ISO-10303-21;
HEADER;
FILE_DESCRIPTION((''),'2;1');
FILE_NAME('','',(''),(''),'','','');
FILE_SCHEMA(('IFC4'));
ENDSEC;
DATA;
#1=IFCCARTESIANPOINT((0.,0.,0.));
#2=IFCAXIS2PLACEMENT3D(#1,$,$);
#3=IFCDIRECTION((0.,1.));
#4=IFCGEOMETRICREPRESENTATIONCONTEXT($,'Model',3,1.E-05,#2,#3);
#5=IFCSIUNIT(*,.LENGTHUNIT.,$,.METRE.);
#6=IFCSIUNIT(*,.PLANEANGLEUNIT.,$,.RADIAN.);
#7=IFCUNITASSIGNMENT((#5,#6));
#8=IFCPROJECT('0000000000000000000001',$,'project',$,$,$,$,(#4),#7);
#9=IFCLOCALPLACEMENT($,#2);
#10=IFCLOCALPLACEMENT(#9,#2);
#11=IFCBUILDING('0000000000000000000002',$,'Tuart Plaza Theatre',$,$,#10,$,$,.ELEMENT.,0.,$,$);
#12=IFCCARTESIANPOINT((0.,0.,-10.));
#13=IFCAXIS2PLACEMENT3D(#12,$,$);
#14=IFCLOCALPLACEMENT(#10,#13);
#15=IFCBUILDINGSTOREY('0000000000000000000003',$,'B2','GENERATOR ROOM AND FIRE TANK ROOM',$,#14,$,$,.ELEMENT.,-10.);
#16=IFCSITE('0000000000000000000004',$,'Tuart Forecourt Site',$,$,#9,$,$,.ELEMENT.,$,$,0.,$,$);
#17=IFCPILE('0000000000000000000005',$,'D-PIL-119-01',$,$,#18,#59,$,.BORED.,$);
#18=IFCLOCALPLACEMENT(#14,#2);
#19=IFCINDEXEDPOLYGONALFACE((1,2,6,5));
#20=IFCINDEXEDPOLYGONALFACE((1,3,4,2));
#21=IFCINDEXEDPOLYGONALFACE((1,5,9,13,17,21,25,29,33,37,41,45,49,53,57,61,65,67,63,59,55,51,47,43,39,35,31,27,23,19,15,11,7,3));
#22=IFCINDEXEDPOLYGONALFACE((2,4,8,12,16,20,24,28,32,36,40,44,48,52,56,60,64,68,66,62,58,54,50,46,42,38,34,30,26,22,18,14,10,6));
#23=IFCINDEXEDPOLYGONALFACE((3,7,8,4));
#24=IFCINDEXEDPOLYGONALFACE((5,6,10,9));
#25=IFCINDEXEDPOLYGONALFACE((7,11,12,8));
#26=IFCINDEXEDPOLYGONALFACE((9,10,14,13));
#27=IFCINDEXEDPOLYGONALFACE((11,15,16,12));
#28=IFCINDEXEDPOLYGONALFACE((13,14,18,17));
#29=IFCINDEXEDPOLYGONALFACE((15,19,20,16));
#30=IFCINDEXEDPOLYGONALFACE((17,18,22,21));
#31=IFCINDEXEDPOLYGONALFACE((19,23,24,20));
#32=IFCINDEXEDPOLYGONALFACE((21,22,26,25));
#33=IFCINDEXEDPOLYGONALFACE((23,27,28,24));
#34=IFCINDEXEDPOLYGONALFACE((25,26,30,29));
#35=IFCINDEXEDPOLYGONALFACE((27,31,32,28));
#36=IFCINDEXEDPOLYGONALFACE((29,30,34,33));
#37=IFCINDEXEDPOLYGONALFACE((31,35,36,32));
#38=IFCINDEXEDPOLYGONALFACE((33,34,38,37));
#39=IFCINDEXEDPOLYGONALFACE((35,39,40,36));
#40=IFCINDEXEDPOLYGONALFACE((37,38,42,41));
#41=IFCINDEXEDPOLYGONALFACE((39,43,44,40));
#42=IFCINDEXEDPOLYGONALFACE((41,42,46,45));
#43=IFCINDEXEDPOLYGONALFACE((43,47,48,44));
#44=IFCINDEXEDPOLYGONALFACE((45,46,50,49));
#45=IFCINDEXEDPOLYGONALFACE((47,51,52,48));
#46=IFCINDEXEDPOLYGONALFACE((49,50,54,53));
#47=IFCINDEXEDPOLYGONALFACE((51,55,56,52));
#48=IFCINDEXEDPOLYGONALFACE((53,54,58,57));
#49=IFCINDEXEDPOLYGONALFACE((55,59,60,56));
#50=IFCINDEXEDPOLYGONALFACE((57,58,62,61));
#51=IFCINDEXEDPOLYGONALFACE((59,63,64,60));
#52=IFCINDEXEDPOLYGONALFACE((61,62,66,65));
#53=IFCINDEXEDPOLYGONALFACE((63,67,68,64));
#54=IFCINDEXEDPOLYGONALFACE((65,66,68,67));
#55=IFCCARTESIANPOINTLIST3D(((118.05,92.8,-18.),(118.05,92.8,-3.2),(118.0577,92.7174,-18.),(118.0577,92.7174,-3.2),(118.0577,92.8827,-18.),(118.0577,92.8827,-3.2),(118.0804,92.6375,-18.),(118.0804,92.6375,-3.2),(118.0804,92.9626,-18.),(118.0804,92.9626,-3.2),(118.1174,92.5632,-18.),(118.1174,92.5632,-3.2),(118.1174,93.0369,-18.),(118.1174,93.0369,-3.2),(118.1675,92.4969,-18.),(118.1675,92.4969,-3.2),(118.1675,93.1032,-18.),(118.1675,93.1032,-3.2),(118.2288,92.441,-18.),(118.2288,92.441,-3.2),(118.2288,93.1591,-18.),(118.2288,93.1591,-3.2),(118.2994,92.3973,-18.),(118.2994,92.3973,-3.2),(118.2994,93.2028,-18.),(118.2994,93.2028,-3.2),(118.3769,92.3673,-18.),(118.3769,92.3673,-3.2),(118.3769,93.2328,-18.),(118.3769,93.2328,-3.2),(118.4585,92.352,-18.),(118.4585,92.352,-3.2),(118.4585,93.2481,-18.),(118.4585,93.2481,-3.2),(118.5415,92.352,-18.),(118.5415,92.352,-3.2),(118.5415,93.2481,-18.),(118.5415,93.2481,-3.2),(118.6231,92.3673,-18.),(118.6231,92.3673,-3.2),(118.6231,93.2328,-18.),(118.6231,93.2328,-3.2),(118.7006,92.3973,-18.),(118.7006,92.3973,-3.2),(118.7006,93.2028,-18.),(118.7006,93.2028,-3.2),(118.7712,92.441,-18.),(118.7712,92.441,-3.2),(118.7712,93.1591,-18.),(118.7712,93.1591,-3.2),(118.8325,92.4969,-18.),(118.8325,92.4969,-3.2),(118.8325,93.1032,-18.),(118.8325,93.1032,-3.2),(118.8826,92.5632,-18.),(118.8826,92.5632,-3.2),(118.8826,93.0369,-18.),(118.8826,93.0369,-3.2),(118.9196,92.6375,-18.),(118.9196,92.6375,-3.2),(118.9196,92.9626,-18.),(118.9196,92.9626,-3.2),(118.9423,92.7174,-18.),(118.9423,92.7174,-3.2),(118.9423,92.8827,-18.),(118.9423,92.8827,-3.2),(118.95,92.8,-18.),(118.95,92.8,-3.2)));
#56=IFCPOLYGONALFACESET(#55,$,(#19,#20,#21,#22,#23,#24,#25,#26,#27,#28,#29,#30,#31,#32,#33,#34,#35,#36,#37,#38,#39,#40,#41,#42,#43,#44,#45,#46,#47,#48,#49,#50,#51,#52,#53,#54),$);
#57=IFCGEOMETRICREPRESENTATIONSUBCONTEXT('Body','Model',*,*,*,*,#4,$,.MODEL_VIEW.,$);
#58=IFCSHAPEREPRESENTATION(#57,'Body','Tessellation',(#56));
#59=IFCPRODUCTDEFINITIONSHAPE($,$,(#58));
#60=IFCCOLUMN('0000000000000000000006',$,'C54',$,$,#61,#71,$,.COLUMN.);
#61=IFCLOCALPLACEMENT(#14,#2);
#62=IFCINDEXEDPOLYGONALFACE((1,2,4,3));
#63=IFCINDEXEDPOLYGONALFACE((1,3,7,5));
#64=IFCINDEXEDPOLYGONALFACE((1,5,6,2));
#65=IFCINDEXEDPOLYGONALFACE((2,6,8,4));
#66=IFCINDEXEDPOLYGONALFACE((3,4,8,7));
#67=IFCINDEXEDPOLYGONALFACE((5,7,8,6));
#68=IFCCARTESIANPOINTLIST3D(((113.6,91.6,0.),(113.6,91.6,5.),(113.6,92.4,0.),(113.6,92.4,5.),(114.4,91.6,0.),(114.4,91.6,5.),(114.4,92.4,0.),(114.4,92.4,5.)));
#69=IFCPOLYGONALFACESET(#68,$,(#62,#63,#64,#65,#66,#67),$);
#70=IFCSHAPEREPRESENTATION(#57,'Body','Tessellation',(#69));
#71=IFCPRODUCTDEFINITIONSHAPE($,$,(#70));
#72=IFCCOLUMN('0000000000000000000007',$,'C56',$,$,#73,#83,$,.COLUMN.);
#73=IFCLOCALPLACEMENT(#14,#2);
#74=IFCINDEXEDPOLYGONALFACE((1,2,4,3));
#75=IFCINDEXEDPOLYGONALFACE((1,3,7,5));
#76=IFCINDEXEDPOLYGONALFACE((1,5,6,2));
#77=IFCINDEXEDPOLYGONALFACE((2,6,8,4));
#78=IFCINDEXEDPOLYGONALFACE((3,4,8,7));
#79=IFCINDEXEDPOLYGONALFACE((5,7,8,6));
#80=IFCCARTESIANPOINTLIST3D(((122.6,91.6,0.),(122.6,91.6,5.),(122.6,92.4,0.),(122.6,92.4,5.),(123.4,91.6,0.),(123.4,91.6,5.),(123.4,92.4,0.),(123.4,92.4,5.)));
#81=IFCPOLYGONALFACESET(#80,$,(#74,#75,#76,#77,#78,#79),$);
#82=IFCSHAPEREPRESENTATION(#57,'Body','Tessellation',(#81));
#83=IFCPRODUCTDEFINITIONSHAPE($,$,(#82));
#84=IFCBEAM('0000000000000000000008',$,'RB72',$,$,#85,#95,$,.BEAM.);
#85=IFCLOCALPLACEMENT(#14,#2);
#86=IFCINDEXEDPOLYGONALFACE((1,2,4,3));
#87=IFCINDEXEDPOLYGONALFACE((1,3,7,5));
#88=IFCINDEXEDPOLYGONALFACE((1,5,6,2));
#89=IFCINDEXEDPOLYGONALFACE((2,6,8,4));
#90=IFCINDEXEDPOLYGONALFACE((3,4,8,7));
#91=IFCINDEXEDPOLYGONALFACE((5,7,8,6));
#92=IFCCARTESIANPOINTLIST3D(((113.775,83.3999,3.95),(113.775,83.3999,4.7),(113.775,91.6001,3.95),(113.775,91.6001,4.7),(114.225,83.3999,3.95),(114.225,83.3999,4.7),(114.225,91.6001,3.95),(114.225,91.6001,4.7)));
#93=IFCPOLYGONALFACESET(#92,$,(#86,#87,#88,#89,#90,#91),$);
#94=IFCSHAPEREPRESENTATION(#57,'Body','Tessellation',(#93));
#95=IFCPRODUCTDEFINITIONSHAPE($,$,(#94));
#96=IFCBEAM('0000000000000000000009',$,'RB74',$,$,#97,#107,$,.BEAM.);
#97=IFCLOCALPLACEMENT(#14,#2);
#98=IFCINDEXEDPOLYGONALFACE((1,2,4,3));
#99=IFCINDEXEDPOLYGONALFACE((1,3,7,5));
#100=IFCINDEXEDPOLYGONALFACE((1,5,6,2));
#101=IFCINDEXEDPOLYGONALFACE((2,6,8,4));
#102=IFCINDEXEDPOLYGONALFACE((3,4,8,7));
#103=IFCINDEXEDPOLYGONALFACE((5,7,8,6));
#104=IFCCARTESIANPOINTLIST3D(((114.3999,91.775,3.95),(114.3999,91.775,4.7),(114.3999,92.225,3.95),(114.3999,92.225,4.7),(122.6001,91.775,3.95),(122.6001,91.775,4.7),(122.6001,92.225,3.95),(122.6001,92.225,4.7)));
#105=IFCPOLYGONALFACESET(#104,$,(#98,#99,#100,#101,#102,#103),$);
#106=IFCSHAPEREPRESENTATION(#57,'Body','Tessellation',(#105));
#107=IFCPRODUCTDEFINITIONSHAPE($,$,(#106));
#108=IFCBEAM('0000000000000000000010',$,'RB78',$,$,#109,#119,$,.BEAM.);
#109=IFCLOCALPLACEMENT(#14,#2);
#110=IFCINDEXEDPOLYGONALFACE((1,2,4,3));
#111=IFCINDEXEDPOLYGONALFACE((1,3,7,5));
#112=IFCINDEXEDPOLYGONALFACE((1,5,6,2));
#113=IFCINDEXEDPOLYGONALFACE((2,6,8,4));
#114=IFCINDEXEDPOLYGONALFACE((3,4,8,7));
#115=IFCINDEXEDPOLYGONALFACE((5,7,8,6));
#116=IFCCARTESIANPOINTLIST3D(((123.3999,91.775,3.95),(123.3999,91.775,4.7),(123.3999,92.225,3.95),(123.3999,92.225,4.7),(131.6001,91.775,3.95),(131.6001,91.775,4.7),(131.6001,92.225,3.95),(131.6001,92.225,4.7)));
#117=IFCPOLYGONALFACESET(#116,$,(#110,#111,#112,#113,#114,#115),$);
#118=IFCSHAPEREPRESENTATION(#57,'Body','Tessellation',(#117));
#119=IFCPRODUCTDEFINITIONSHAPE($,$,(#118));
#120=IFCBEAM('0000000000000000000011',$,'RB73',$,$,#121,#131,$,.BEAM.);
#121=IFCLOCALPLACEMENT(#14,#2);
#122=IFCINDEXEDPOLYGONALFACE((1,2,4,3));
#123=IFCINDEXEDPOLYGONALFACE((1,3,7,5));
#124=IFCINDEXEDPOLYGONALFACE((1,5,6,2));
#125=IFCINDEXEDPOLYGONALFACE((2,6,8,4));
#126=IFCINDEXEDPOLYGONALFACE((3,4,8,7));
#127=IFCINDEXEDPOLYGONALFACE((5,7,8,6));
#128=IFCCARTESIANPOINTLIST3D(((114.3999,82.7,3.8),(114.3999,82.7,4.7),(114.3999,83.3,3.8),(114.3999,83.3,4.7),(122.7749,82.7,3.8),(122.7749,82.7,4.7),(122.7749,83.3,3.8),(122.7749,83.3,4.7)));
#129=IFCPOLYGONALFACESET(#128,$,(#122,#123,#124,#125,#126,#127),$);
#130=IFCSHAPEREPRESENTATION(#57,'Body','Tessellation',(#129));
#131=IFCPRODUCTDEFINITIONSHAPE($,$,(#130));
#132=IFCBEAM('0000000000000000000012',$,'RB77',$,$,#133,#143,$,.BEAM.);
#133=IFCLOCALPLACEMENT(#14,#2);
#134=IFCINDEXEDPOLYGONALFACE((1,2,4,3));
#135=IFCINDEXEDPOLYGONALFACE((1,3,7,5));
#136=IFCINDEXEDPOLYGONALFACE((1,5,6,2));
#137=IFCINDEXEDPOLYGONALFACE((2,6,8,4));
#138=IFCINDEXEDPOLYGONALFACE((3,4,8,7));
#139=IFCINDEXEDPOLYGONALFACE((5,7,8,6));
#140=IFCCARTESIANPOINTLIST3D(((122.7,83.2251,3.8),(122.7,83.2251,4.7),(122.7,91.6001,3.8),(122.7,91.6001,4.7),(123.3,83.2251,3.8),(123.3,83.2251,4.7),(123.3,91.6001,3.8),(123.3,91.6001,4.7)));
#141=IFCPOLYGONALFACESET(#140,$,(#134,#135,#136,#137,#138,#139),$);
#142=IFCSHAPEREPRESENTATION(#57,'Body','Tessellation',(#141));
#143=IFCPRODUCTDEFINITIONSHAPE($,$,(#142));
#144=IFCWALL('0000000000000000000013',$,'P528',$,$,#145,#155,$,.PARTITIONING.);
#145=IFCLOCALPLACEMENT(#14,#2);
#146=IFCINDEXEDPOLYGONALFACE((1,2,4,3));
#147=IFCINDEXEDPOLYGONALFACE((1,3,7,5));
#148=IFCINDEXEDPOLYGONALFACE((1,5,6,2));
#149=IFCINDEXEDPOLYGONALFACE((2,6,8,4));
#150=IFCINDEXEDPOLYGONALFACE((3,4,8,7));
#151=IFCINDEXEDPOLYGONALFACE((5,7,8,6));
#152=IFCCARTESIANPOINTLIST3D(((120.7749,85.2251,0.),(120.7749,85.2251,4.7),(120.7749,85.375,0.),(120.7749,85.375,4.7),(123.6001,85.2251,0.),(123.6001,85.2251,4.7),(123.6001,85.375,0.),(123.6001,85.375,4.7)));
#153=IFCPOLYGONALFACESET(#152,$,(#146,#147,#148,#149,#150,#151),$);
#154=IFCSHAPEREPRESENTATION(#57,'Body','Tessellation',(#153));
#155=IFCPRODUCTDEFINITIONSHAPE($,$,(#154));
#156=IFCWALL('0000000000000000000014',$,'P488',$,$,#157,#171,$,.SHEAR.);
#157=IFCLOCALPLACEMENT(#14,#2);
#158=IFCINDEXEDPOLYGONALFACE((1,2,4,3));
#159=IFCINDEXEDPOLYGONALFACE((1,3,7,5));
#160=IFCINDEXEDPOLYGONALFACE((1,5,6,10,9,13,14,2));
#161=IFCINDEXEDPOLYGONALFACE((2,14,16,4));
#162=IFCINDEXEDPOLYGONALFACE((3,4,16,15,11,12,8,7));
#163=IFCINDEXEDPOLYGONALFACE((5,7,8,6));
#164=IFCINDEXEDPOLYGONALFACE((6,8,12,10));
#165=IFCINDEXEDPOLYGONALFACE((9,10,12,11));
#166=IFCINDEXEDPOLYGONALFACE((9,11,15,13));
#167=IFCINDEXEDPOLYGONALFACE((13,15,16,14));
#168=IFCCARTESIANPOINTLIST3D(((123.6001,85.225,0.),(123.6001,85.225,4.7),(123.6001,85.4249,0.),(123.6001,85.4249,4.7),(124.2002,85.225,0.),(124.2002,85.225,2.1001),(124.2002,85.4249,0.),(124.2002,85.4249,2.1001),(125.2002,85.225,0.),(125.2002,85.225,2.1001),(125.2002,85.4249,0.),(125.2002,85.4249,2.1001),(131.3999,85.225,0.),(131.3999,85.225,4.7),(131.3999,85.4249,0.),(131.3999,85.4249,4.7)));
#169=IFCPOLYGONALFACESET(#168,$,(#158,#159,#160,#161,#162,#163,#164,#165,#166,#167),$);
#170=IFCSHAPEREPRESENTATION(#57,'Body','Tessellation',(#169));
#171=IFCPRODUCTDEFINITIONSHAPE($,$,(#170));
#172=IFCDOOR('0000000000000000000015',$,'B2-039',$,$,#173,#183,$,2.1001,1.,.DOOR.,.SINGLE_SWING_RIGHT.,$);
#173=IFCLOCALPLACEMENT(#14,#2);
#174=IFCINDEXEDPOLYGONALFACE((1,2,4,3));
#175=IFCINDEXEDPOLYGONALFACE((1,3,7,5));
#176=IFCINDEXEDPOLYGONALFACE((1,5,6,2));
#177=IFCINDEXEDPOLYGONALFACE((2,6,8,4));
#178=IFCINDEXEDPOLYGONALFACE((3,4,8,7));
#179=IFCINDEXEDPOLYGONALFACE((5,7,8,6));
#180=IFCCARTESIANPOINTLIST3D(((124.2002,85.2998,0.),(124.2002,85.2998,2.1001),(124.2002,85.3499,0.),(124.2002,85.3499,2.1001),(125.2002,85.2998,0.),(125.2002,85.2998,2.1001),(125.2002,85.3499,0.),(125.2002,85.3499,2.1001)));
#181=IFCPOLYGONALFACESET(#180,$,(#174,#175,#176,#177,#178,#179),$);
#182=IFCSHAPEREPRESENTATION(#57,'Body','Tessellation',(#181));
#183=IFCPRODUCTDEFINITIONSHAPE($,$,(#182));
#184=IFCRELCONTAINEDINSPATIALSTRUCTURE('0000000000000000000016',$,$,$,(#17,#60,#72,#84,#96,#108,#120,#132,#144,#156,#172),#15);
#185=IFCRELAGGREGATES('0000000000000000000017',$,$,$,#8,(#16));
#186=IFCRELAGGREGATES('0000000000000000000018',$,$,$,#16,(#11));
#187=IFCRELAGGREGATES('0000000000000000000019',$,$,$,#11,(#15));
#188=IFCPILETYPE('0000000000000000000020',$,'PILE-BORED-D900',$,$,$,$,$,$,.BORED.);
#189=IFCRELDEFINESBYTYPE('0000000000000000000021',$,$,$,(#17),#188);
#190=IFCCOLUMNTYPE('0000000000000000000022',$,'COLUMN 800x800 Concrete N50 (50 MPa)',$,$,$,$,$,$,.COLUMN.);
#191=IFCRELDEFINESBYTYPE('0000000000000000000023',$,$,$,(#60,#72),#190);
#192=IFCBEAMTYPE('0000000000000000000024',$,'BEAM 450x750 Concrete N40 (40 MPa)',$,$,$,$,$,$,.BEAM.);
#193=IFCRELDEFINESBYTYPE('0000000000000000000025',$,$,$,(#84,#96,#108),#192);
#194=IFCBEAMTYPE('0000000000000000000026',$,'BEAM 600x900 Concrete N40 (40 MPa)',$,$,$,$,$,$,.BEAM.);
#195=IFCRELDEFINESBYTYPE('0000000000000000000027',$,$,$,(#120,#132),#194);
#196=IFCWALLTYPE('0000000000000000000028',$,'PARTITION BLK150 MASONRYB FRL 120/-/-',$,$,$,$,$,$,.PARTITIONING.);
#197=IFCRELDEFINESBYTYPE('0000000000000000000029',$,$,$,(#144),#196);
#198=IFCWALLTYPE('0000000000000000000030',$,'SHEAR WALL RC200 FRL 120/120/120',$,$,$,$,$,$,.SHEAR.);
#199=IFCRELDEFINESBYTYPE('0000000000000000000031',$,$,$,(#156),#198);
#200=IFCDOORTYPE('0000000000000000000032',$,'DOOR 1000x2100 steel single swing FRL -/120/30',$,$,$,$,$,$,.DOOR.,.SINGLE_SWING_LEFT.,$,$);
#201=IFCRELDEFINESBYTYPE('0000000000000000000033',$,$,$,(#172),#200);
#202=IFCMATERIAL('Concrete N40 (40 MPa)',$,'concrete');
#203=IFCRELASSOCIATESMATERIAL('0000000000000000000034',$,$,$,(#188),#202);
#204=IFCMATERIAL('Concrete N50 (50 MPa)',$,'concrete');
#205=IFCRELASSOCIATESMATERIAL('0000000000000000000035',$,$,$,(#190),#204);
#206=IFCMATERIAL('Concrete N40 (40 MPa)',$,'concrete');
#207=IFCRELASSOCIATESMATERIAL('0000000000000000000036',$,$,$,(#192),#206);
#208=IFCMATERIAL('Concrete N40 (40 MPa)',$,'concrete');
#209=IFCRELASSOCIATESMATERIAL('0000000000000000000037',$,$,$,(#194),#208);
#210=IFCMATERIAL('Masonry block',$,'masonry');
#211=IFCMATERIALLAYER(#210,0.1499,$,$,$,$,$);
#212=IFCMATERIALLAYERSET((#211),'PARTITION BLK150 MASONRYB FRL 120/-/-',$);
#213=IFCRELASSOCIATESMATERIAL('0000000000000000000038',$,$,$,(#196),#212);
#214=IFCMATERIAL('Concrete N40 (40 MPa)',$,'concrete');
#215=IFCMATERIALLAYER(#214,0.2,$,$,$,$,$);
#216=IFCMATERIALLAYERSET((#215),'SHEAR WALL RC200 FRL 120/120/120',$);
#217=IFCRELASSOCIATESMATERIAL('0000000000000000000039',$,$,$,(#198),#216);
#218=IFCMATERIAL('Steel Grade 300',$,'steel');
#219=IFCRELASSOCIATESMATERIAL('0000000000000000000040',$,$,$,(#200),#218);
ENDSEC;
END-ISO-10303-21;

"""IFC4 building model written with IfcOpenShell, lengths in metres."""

from ifc_helpers import new_model, si_unit, direction, frame, frame_2d, origin, origin_2d, place, context, subcontext, project, spatial, rectangle, circle, extrude, material, layer, layer_set, material_profile, profile_set, type_object, element, fill, save


model = new_model("IFC4")

# Units and contexts
model_context = context("Model", 3, precision=1e-05, world=origin(), true_north=direction((0.0, 1.0)))
body_context = subcontext(model_context, "Body", "Model", "MODEL_VIEW")
ifc_project = project(units=[si_unit("LENGTHUNIT", "METRE"), si_unit("PLANEANGLEUNIT", "RADIAN")], contexts=[model_context])

# Site, building, storey
site_placement = place(None, origin())
site = spatial("IfcSite", under=ifc_project, at=site_placement, Name="Tuart Forecourt Site", CompositionType="ELEMENT", RefElevation=0.0)
building_placement = place(site_placement, origin())
building = spatial("IfcBuilding", under=site, at=building_placement, Name="Tuart Plaza Theatre", CompositionType="ELEMENT", ElevationOfRefHeight=0.0)
storey_placement = place(building_placement, frame((0.0, 0.0, -10.0)))
storey = spatial("IfcBuildingStorey", under=building, at=storey_placement, Name="B2", Description="GENERATOR ROOM AND FIRE TANK ROOM", CompositionType="ELEMENT", Elevation=-10.0)

# Pile
ifc_material_1 = material(Name="Concrete N40 (40 MPa)", Category="concrete")
ifc_material_profile_1 = material_profile(ifc_material_1, circle(Radius=0.45, at=origin_2d()), Name="PILE-BORED-D900")
ifc_profile_set_1 = profile_set([ifc_material_profile_1], Name="Concrete N40 (40 MPa)")
pile_type_1 = type_object("IfcPileType", Name="PILE-BORED-D900", PredefinedType="BORED", material=ifc_profile_set_1)
pile_placement = place(storey_placement, frame((118.5, 92.8, -3.2), z_axis=(0.0, 0.0, -1.0), x_axis=(1.0, 0.0, 0.0)))
element("IfcPile", 1, at=pile_placement, inside=storey, type_object=pile_type_1, Name="D-PIL-119-01", PredefinedType="BORED", context=body_context, shape_type="SweptSolid", body=[
    extrude(circle(Radius=0.45, at=origin_2d()), origin(), (0.0, 0.0, 1.0), 14.8),
])

# Columns
ifc_material_2 = material(Name="Concrete N50 (50 MPa)", Category="concrete")
ifc_material_profile_2 = material_profile(ifc_material_2, rectangle(XDim=0.8, YDim=0.8, at=origin_2d()), Name="COLUMN 800x800 Concrete N50 (50 MPa)")
ifc_profile_set_2 = profile_set([ifc_material_profile_2], Name="Concrete N50 (50 MPa)")
column_type = type_object("IfcColumnType", Name="COLUMN 800x800 Concrete N50 (50 MPa)", PredefinedType="COLUMN", material=ifc_profile_set_2)
for number, where, z_axis, x_axis, name in (
    (2, (114.0, 92.0, 0.0), (0.0, 0.0, 1.0), (1.0, 0.0, 0.0), "C54"),
    (3, (123.0, 92.0, 0.0), (0.0, 0.0, 1.0), (1.0, 0.0, 0.0), "C56"),
):
    element("IfcColumn", number, at=place(storey_placement, frame(where, z_axis=z_axis, x_axis=x_axis)), inside=storey, type_object=column_type, Name=name, PredefinedType="COLUMN", context=body_context, shape_type="SweptSolid", body=[
        extrude(rectangle(XDim=0.8, YDim=0.8, at=origin_2d()), origin(), (0.0, 0.0, 1.0), 5.0),
    ])

# Beams
ifc_material_3 = material(Name="Concrete N40 (40 MPa)", Category="concrete")
ifc_material_profile_3 = material_profile(ifc_material_3, rectangle(XDim=0.45, YDim=0.75, at=origin_2d()), Name="BEAM 450x750 Concrete N40 (40 MPa)")
ifc_profile_set_3 = profile_set([ifc_material_profile_3], Name="Concrete N40 (40 MPa)")
beam_type_1 = type_object("IfcBeamType", Name="BEAM 450x750 Concrete N40 (40 MPa)", PredefinedType="BEAM", material=ifc_profile_set_3)
for number, where, z_axis, x_axis, name in (
    (4, (114.0, 83.3999, 4.325), (0.0, 1.0, 0.0), (-1.0, 0.0, 0.0), "RB72"),
    (5, (114.3999, 92.0, 4.325), (1.0, 0.0, 0.0), (0.0, 1.0, 0.0), "RB74"),
    (6, (123.3999, 92.0, 4.325), (1.0, 0.0, 0.0), (0.0, 1.0, 0.0), "RB78"),
):
    element("IfcBeam", number, at=place(storey_placement, frame(where, z_axis=z_axis, x_axis=x_axis)), inside=storey, type_object=beam_type_1, Name=name, PredefinedType="BEAM", context=body_context, shape_type="SweptSolid", body=[
        extrude(rectangle(XDim=0.45, YDim=0.75, at=origin_2d()), origin(), (0.0, 0.0, 1.0), 8.2002),
    ])
ifc_material_4 = material(Name="Concrete N40 (40 MPa)", Category="concrete")
ifc_material_profile_4 = material_profile(ifc_material_4, rectangle(XDim=0.6001, YDim=0.8999, at=origin_2d()), Name="BEAM 600x900 Concrete N40 (40 MPa)")
ifc_profile_set_4 = profile_set([ifc_material_profile_4], Name="Concrete N40 (40 MPa)")
beam_type_2 = type_object("IfcBeamType", Name="BEAM 600x900 Concrete N40 (40 MPa)", PredefinedType="BEAM", material=ifc_profile_set_4)
for number, where, z_axis, x_axis, name in (
    (7, (114.3999, 83.0, 4.25), (1.0, 0.0, 0.0), (0.0, 1.0, 0.0), "RB73"),
    (8, (123.0, 83.2251, 4.25), (0.0, 1.0, 0.0), (-1.0, 0.0, 0.0), "RB77"),
):
    element("IfcBeam", number, at=place(storey_placement, frame(where, z_axis=z_axis, x_axis=x_axis)), inside=storey, type_object=beam_type_2, Name=name, PredefinedType="BEAM", context=body_context, shape_type="SweptSolid", body=[
        extrude(rectangle(XDim=0.6001, YDim=0.8999, at=origin_2d()), origin(), (0.0, 0.0, 1.0), 8.375),
    ])

# Wall
ifc_material_5 = material(Name="Masonry block", Category="masonry")
ifc_layer_1 = layer(ifc_material_5, 0.1499)
ifc_layer_set_1 = layer_set([ifc_layer_1], Name="PARTITION BLK150 MASONRYB FRL 120/-/-")
wall_type_1 = type_object("IfcWallType", Name="PARTITION BLK150 MASONRYB FRL 120/-/-", PredefinedType="PARTITIONING", material=ifc_layer_set_1)
wall_1_placement = place(storey_placement, frame((120.7749, 85.3, 0.0), z_axis=(0.0, 0.0, 1.0), x_axis=(1.0, 0.0, 0.0)))
element("IfcWall", 9, at=wall_1_placement, inside=storey, type_object=wall_type_1, Name="P528", PredefinedType="PARTITIONING", context=body_context, shape_type="SweptSolid", body=[
    extrude(rectangle(XDim=2.8252, YDim=0.1499, at=frame_2d((1.4126, 0.0))), origin(), (0.0, 0.0, 1.0), 4.7),
])

# Wall, opening, door
ifc_material_6 = material(Name="Concrete N40 (40 MPa)", Category="concrete")
ifc_layer_2 = layer(ifc_material_6, 0.2)
ifc_layer_set_2 = layer_set([ifc_layer_2], Name="SHEAR WALL RC200 FRL 120/120/120")
wall_type_2 = type_object("IfcWallType", Name="SHEAR WALL RC200 FRL 120/120/120", PredefinedType="SHEAR", material=ifc_layer_set_2)
wall_2_placement = place(storey_placement, frame((123.6001, 85.325, 0.0), z_axis=(0.0, 0.0, 1.0), x_axis=(1.0, 0.0, 0.0)))
wall_2 = element("IfcWall", 10, at=wall_2_placement, inside=storey, type_object=wall_type_2, Name="P488", PredefinedType="SHEAR", context=body_context, shape_type="SweptSolid", body=[
    extrude(rectangle(XDim=7.7998, YDim=0.2, at=frame_2d((3.8999, 0.0))), origin(), (0.0, 0.0, 1.0), 4.7),
])
opening_placement = place(wall_2_placement, frame((0.6001, 0.0, 0.0)))
opening = element("IfcOpeningElement", 11, at=opening_placement, cuts=wall_2, PredefinedType="OPENING", context=body_context, shape_type="SweptSolid", body=[
    extrude(rectangle(XDim=1.0, YDim=2.1001, at=frame_2d((0.5, 1.05))), frame((0.0, 0.1099, 0.0), z_axis=(0.0, -1.0, 0.0), x_axis=(1.0, 0.0, 0.0)), (0.0, 0.0, 1.0), 0.22),
])
ifc_material_7 = material(Name="Steel Grade 300", Category="steel")
door_type = type_object("IfcDoorType", Name="DOOR 1000x2100 steel single swing FRL -/120/30", OperationType="SINGLE_SWING_LEFT", PredefinedType="DOOR", material=ifc_material_7)
door_placement = place(opening_placement, origin())
door = element("IfcDoor", 12, at=door_placement, inside=storey, type_object=door_type, Name="B2-039", OperationType="SINGLE_SWING_RIGHT", OverallHeight=2.1001, OverallWidth=1.0, PredefinedType="DOOR", context=body_context, shape_type="SweptSolid", body=[
    extrude(rectangle(XDim=1.0, YDim=2.1001, at=frame_2d((0.5, 1.05))), frame((0.0, 0.0249, 0.0), z_axis=(0.0, -1.0, 0.0), x_axis=(1.0, 0.0, 0.0)), (0.0, 0.0, 1.0), 0.05),
])
fill(opening, door)

save(model, "model.ifc")
